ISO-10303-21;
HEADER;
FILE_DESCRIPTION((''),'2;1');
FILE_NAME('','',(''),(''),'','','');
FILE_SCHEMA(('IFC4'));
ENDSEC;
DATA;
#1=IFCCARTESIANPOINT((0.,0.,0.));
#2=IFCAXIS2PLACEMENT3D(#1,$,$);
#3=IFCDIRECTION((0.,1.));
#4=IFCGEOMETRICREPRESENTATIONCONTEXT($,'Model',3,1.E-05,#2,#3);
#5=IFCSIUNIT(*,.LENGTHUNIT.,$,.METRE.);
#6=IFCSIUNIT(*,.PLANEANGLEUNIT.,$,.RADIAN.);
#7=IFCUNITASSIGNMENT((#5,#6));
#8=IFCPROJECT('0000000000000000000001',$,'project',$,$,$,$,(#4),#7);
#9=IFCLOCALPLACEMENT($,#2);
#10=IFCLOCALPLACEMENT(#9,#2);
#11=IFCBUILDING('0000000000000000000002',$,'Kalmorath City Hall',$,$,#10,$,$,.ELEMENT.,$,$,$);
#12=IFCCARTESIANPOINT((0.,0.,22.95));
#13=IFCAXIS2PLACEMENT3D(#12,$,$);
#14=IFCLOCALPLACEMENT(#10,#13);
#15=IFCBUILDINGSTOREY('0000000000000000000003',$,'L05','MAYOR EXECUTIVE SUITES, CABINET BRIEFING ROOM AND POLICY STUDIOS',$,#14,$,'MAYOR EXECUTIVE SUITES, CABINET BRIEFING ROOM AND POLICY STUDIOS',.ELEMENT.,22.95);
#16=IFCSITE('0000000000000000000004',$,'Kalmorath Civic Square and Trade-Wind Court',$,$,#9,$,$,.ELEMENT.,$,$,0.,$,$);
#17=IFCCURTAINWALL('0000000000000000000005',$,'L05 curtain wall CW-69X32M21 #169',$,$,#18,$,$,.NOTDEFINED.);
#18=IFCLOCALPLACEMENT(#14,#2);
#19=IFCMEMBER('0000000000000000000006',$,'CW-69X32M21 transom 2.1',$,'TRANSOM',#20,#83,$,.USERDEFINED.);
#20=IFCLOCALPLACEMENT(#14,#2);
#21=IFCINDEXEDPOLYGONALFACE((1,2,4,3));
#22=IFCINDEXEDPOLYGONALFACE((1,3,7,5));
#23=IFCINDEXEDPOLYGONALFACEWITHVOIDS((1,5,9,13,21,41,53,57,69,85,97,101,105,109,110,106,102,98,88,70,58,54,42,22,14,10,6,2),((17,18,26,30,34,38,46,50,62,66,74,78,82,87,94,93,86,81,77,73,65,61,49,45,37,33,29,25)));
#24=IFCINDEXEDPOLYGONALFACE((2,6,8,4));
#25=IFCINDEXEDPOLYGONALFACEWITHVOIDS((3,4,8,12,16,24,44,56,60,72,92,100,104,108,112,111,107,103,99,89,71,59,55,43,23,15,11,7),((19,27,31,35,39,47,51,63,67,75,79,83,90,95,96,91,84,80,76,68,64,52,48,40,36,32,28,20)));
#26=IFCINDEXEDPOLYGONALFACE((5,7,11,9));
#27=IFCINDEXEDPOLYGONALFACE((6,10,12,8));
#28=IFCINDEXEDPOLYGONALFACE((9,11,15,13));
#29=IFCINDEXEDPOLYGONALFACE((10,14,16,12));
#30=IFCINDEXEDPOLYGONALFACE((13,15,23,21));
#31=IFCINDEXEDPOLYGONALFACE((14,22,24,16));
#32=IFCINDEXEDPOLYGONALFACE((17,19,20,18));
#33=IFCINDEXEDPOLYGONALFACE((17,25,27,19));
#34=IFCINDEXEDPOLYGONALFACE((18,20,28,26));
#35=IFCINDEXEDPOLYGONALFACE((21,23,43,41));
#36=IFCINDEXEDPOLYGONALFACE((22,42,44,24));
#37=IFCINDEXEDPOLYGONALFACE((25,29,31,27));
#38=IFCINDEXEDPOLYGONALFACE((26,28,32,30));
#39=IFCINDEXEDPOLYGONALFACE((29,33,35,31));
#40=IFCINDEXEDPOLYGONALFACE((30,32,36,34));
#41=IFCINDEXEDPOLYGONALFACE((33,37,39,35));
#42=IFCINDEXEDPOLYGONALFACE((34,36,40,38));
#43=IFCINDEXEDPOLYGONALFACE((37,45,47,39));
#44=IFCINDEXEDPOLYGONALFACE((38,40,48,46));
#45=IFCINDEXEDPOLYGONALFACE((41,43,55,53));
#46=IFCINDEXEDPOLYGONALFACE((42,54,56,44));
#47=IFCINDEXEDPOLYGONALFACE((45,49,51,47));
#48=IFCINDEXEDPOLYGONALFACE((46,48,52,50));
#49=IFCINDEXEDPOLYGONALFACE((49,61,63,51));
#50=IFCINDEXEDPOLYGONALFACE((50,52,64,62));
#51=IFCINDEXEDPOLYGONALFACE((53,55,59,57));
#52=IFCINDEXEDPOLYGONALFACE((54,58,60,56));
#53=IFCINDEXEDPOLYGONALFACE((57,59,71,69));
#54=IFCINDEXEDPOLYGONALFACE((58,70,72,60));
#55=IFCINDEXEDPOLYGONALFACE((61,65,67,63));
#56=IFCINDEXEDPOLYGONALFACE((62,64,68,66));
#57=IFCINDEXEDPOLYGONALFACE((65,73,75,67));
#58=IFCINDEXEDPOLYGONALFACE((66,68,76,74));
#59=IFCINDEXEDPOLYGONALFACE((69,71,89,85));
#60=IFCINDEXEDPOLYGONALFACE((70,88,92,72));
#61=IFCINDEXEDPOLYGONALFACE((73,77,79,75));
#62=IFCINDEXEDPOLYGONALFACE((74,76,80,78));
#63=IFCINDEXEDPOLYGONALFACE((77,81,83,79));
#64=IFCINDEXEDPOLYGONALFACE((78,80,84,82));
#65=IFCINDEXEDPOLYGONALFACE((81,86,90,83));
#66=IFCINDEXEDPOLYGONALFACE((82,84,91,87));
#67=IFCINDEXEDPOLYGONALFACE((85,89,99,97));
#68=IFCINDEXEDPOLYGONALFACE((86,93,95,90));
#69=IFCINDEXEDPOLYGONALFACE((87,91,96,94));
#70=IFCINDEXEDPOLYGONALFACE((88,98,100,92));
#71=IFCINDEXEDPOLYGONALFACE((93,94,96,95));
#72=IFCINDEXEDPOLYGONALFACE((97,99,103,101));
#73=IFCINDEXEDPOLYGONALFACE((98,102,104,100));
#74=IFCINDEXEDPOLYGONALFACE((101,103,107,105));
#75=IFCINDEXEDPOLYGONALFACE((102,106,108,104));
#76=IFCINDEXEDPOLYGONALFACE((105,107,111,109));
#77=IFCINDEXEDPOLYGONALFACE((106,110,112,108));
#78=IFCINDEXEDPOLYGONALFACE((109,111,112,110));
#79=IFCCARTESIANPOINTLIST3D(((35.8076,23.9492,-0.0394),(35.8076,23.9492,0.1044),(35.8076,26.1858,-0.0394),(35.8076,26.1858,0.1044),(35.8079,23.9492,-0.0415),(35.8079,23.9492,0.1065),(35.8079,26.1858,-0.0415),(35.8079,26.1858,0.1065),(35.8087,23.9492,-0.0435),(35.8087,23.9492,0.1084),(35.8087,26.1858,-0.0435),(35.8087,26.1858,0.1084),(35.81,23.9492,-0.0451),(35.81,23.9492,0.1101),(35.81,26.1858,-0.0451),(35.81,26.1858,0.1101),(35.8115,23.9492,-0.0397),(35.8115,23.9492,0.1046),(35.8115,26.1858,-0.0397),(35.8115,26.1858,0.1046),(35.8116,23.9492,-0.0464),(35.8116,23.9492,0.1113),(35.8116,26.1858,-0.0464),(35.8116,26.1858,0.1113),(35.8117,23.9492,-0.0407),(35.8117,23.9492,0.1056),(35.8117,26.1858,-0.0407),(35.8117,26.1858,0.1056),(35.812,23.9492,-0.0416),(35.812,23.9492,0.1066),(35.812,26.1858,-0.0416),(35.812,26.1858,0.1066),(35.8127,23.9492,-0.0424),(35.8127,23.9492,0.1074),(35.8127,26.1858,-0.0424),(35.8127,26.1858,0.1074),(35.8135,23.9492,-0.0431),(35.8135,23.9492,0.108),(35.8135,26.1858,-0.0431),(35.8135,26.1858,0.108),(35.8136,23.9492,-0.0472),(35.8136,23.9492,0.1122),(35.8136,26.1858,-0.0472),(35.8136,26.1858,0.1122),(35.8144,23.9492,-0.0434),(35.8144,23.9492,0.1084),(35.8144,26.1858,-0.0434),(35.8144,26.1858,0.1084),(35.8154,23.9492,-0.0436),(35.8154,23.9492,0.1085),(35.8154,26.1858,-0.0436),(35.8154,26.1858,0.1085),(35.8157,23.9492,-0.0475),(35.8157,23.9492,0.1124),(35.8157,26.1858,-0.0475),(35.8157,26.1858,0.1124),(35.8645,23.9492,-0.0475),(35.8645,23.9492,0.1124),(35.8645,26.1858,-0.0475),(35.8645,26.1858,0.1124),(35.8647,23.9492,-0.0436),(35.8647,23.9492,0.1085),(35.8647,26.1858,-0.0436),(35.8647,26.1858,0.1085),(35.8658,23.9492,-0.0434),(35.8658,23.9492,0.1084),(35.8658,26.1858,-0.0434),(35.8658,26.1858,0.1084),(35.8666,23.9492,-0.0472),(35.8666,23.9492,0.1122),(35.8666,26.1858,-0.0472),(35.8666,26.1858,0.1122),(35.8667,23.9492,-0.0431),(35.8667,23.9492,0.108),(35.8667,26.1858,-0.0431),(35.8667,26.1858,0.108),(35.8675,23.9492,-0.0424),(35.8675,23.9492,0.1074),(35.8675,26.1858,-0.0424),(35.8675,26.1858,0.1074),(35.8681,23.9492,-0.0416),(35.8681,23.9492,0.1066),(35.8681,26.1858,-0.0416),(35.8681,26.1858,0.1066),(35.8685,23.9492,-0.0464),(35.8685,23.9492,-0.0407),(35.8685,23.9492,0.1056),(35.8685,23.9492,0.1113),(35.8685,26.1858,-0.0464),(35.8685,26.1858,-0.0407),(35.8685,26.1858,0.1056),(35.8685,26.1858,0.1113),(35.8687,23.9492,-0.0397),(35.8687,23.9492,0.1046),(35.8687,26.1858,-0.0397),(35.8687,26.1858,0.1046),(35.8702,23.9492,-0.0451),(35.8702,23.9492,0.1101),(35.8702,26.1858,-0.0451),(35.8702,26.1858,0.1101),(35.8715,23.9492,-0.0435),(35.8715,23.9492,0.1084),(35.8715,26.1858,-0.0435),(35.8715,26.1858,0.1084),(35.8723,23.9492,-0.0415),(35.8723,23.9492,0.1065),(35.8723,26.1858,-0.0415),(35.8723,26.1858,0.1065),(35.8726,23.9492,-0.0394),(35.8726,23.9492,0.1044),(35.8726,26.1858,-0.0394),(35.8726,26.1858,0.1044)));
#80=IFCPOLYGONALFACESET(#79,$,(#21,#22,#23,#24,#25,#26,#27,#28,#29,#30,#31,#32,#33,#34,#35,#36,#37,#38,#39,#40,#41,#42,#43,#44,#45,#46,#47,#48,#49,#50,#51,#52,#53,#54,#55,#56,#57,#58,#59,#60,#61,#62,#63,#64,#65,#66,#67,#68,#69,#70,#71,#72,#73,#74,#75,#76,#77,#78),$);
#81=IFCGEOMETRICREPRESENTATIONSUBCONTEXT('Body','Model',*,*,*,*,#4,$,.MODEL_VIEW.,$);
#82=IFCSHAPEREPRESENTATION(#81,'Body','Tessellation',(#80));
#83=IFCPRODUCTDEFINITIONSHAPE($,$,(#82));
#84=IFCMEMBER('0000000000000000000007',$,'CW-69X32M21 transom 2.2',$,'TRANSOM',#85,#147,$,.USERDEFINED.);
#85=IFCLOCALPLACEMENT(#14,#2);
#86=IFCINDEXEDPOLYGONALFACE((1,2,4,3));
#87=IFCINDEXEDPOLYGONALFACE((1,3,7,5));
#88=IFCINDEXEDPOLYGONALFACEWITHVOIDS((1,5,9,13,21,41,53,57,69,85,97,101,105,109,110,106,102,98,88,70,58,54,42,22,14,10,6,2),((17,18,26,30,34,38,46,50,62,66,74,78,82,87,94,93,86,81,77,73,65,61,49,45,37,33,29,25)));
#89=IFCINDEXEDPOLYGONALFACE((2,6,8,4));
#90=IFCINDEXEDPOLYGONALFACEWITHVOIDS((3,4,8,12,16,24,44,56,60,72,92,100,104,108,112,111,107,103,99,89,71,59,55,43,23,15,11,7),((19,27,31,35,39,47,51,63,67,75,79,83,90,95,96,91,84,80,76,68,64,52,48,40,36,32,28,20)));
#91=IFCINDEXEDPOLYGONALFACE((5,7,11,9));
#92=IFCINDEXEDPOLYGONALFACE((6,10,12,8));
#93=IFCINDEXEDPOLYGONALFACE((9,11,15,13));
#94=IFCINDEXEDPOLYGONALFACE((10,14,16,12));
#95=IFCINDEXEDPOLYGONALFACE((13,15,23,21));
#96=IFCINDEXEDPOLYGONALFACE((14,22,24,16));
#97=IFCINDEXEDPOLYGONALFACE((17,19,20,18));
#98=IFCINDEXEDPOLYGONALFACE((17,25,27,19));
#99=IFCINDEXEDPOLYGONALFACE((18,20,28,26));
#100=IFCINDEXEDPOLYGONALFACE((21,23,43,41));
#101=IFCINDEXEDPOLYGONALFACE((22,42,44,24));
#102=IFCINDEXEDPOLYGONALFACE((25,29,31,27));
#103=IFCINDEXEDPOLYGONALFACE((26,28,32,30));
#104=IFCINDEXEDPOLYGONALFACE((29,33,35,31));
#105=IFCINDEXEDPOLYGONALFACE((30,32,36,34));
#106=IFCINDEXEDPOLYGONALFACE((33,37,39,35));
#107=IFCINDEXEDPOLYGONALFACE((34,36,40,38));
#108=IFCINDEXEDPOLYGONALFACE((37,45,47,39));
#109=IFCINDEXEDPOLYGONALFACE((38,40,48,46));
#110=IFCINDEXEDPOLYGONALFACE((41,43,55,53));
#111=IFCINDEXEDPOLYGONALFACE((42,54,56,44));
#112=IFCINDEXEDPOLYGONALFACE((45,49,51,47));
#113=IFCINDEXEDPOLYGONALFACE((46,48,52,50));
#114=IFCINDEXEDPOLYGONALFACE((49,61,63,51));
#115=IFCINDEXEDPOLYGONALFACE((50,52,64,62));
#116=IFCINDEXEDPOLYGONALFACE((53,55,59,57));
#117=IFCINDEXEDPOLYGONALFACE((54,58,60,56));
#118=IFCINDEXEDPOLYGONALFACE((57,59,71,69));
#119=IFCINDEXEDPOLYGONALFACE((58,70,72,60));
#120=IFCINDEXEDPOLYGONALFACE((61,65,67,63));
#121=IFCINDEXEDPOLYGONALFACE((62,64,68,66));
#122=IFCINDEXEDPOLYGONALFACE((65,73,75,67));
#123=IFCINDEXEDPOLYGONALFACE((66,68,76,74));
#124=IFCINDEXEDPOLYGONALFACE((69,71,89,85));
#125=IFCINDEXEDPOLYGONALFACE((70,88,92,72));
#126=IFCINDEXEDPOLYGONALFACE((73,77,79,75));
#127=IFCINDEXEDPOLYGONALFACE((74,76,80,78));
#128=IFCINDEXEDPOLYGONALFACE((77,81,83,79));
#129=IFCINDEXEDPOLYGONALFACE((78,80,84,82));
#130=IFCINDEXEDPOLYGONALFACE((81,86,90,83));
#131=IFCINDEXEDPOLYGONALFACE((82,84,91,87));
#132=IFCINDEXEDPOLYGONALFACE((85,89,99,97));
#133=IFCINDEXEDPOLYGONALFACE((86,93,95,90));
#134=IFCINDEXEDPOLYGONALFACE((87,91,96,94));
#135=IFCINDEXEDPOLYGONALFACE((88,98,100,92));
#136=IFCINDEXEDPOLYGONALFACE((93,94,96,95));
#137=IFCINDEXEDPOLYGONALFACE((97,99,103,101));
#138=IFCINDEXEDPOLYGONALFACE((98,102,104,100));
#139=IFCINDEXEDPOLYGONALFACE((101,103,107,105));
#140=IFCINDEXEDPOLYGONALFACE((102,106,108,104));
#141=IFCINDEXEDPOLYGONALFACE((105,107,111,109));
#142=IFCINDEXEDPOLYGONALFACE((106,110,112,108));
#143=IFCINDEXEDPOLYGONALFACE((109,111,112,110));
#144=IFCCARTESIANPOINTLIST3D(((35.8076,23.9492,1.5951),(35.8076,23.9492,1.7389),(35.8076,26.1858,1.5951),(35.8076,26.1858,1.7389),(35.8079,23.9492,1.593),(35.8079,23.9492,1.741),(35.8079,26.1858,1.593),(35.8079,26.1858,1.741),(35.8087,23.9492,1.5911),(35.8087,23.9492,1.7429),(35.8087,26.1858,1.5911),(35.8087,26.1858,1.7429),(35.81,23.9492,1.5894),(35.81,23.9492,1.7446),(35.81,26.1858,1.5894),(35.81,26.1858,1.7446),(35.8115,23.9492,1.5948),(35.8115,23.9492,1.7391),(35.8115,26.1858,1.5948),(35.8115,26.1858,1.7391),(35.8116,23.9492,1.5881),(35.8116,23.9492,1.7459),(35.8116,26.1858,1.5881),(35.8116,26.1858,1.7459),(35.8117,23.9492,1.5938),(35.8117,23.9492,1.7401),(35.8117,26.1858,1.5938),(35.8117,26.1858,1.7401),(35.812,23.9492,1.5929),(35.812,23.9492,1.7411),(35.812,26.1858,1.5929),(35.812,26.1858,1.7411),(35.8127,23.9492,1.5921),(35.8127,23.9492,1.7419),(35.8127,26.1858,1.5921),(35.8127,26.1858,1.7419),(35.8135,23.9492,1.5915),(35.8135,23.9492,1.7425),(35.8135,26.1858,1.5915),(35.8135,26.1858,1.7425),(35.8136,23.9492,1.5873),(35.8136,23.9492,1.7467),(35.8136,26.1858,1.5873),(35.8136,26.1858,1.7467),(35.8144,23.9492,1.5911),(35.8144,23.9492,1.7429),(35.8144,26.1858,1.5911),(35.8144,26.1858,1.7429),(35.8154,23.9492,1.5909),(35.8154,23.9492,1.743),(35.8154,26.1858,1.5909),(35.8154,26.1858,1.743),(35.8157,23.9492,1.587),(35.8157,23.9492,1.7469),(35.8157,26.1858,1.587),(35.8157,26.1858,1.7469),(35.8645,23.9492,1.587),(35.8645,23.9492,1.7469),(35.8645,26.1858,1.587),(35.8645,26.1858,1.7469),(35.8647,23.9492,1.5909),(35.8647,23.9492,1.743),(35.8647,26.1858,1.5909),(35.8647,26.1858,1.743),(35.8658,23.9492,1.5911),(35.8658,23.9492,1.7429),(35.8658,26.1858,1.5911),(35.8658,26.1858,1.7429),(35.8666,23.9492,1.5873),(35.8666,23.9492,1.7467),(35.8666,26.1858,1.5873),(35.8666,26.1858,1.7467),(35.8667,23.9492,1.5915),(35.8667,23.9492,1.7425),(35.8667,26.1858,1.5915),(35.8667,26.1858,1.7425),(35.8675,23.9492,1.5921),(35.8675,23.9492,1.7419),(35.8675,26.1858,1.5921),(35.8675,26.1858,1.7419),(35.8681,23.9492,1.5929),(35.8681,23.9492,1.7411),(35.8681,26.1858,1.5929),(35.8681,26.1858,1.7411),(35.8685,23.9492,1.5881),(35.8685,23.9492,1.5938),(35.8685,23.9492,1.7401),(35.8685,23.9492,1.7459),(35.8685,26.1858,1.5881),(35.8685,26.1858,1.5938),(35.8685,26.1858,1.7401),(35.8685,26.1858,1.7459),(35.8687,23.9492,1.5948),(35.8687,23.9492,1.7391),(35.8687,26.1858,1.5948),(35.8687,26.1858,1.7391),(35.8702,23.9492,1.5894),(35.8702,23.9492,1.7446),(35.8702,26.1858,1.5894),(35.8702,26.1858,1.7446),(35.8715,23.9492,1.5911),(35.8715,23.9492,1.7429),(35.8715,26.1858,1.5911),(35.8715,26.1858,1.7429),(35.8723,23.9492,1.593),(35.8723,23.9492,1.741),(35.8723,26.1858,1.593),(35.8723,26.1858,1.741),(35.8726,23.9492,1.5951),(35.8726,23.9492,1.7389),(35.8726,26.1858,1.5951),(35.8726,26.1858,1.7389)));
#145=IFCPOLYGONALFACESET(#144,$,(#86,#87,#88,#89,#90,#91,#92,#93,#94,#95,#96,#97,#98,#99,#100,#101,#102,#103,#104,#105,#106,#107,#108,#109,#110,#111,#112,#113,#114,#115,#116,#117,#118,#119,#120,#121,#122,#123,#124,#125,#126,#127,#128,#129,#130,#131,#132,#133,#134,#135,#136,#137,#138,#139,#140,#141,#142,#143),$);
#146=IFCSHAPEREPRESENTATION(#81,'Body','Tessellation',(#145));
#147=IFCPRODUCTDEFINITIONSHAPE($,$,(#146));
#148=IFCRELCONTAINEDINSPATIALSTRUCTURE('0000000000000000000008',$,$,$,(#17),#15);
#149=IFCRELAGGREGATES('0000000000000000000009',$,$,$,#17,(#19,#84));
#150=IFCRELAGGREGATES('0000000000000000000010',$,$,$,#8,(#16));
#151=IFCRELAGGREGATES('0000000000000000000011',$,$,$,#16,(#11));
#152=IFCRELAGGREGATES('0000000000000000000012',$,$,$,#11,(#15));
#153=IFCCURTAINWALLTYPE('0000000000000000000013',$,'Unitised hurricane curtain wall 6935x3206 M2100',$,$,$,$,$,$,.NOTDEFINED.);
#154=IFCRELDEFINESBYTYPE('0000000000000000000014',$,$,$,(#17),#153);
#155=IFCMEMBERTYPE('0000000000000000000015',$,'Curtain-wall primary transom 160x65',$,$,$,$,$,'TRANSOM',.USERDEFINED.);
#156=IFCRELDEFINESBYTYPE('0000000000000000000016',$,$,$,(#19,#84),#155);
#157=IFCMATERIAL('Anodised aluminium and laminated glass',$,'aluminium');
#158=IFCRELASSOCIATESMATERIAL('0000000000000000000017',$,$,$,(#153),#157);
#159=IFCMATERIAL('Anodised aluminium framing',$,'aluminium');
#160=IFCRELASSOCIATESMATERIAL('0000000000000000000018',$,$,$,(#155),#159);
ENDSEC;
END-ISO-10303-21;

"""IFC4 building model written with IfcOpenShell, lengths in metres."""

from ifc_helpers import new_model, si_unit, direction, frame, origin, origin_2d, place, context, subcontext, project, spatial, hollow_rectangle, extrude, material, material_profile, profile_set, type_object, element, aggregate, save


model = new_model("IFC4")

# Units and contexts
model_context = context("Model", 3, precision=1e-05, world=origin(), true_north=direction((0.0, 1.0)))
body_context = subcontext(model_context, "Body", "Model", "MODEL_VIEW")
ifc_project = project(units=[si_unit("LENGTHUNIT", "METRE"), si_unit("PLANEANGLEUNIT", "RADIAN")], contexts=[model_context])

# Site, building, storey
site_placement = place(None, origin())
site = spatial("IfcSite", under=ifc_project, at=site_placement, Name="Kalmorath Civic Square and Trade-Wind Court", CompositionType="ELEMENT", RefElevation=0.0)
building_placement = place(site_placement, origin())
building = spatial("IfcBuilding", under=site, at=building_placement, Name="Kalmorath City Hall", CompositionType="ELEMENT")
storey_placement = place(building_placement, frame((0.0, 0.0, 22.95)))
storey = spatial("IfcBuildingStorey", under=building, at=storey_placement, Name="L05", Description="MAYOR EXECUTIVE SUITES, CABINET BRIEFING ROOM AND POLICY STUDIOS", LongName="MAYOR EXECUTIVE SUITES, CABINET BRIEFING ROOM AND POLICY STUDIOS", CompositionType="ELEMENT", Elevation=22.95)

# Curtain wall
ifc_material_1 = material(Name="Anodised aluminium and laminated glass", Category="aluminium")
curtain_wall_type_1 = type_object("IfcCurtainWallType", Name="Unitised hurricane curtain wall 6935x3206 M2100", PredefinedType="NOTDEFINED", material=ifc_material_1)
curtain_wall_1_placement = place(storey_placement, origin())
curtain_wall_1 = element("IfcCurtainWall", 1, at=curtain_wall_1_placement, inside=storey, type_object=curtain_wall_type_1, Name="L05 curtain wall CW-69X32M21 #169", PredefinedType="NOTDEFINED")

# Members
ifc_material_2 = material(Name="Anodised aluminium framing", Category="aluminium")
ifc_material_profile_1 = material_profile(ifc_material_2, hollow_rectangle(XDim=0.0649, YDim=0.1599, WallThickness=0.0039, InnerFilletRadius=0.0039, OuterFilletRadius=0.0081, at=origin_2d()), Name="ALU-TRN-160X65X4")
ifc_profile_set_1 = profile_set([ifc_material_profile_1], Name="Anodised aluminium framing")
member_type_1 = type_object("IfcMemberType", Name="Curtain-wall primary transom 160x65", ElementType="TRANSOM", PredefinedType="USERDEFINED", material=ifc_profile_set_1)
member_1_placement = place(storey_placement, frame((35.8401, 26.1858, 0.0325), z_axis=(0.0, -1.0, 0.0), x_axis=(1.0, 0.0, 0.0)))
member_1 = element("IfcMember", 2, at=member_1_placement, type_object=member_type_1, Name="CW-69X32M21 transom 2.1", ObjectType="TRANSOM", PredefinedType="USERDEFINED", context=body_context, shape_type="SweptSolid", body=[
    extrude(hollow_rectangle(XDim=0.0649, YDim=0.1599, WallThickness=0.0039, InnerFilletRadius=0.0039, OuterFilletRadius=0.0081, at=origin_2d()), origin(), (0.0, 0.0, 1.0), 2.2366),
])
member_2_placement = place(storey_placement, frame((35.8401, 26.1858, 1.667), z_axis=(0.0, -1.0, 0.0), x_axis=(1.0, 0.0, 0.0)))
member_2 = element("IfcMember", 3, at=member_2_placement, type_object=member_type_1, Name="CW-69X32M21 transom 2.2", ObjectType="TRANSOM", PredefinedType="USERDEFINED", context=body_context, shape_type="SweptSolid", body=[
    extrude(hollow_rectangle(XDim=0.0649, YDim=0.1599, WallThickness=0.0039, InnerFilletRadius=0.0039, OuterFilletRadius=0.0081, at=origin_2d()), origin(), (0.0, 0.0, 1.0), 2.2366),
])

aggregate(curtain_wall_1, [member_1, member_2])

save(model, "model.ifc")
